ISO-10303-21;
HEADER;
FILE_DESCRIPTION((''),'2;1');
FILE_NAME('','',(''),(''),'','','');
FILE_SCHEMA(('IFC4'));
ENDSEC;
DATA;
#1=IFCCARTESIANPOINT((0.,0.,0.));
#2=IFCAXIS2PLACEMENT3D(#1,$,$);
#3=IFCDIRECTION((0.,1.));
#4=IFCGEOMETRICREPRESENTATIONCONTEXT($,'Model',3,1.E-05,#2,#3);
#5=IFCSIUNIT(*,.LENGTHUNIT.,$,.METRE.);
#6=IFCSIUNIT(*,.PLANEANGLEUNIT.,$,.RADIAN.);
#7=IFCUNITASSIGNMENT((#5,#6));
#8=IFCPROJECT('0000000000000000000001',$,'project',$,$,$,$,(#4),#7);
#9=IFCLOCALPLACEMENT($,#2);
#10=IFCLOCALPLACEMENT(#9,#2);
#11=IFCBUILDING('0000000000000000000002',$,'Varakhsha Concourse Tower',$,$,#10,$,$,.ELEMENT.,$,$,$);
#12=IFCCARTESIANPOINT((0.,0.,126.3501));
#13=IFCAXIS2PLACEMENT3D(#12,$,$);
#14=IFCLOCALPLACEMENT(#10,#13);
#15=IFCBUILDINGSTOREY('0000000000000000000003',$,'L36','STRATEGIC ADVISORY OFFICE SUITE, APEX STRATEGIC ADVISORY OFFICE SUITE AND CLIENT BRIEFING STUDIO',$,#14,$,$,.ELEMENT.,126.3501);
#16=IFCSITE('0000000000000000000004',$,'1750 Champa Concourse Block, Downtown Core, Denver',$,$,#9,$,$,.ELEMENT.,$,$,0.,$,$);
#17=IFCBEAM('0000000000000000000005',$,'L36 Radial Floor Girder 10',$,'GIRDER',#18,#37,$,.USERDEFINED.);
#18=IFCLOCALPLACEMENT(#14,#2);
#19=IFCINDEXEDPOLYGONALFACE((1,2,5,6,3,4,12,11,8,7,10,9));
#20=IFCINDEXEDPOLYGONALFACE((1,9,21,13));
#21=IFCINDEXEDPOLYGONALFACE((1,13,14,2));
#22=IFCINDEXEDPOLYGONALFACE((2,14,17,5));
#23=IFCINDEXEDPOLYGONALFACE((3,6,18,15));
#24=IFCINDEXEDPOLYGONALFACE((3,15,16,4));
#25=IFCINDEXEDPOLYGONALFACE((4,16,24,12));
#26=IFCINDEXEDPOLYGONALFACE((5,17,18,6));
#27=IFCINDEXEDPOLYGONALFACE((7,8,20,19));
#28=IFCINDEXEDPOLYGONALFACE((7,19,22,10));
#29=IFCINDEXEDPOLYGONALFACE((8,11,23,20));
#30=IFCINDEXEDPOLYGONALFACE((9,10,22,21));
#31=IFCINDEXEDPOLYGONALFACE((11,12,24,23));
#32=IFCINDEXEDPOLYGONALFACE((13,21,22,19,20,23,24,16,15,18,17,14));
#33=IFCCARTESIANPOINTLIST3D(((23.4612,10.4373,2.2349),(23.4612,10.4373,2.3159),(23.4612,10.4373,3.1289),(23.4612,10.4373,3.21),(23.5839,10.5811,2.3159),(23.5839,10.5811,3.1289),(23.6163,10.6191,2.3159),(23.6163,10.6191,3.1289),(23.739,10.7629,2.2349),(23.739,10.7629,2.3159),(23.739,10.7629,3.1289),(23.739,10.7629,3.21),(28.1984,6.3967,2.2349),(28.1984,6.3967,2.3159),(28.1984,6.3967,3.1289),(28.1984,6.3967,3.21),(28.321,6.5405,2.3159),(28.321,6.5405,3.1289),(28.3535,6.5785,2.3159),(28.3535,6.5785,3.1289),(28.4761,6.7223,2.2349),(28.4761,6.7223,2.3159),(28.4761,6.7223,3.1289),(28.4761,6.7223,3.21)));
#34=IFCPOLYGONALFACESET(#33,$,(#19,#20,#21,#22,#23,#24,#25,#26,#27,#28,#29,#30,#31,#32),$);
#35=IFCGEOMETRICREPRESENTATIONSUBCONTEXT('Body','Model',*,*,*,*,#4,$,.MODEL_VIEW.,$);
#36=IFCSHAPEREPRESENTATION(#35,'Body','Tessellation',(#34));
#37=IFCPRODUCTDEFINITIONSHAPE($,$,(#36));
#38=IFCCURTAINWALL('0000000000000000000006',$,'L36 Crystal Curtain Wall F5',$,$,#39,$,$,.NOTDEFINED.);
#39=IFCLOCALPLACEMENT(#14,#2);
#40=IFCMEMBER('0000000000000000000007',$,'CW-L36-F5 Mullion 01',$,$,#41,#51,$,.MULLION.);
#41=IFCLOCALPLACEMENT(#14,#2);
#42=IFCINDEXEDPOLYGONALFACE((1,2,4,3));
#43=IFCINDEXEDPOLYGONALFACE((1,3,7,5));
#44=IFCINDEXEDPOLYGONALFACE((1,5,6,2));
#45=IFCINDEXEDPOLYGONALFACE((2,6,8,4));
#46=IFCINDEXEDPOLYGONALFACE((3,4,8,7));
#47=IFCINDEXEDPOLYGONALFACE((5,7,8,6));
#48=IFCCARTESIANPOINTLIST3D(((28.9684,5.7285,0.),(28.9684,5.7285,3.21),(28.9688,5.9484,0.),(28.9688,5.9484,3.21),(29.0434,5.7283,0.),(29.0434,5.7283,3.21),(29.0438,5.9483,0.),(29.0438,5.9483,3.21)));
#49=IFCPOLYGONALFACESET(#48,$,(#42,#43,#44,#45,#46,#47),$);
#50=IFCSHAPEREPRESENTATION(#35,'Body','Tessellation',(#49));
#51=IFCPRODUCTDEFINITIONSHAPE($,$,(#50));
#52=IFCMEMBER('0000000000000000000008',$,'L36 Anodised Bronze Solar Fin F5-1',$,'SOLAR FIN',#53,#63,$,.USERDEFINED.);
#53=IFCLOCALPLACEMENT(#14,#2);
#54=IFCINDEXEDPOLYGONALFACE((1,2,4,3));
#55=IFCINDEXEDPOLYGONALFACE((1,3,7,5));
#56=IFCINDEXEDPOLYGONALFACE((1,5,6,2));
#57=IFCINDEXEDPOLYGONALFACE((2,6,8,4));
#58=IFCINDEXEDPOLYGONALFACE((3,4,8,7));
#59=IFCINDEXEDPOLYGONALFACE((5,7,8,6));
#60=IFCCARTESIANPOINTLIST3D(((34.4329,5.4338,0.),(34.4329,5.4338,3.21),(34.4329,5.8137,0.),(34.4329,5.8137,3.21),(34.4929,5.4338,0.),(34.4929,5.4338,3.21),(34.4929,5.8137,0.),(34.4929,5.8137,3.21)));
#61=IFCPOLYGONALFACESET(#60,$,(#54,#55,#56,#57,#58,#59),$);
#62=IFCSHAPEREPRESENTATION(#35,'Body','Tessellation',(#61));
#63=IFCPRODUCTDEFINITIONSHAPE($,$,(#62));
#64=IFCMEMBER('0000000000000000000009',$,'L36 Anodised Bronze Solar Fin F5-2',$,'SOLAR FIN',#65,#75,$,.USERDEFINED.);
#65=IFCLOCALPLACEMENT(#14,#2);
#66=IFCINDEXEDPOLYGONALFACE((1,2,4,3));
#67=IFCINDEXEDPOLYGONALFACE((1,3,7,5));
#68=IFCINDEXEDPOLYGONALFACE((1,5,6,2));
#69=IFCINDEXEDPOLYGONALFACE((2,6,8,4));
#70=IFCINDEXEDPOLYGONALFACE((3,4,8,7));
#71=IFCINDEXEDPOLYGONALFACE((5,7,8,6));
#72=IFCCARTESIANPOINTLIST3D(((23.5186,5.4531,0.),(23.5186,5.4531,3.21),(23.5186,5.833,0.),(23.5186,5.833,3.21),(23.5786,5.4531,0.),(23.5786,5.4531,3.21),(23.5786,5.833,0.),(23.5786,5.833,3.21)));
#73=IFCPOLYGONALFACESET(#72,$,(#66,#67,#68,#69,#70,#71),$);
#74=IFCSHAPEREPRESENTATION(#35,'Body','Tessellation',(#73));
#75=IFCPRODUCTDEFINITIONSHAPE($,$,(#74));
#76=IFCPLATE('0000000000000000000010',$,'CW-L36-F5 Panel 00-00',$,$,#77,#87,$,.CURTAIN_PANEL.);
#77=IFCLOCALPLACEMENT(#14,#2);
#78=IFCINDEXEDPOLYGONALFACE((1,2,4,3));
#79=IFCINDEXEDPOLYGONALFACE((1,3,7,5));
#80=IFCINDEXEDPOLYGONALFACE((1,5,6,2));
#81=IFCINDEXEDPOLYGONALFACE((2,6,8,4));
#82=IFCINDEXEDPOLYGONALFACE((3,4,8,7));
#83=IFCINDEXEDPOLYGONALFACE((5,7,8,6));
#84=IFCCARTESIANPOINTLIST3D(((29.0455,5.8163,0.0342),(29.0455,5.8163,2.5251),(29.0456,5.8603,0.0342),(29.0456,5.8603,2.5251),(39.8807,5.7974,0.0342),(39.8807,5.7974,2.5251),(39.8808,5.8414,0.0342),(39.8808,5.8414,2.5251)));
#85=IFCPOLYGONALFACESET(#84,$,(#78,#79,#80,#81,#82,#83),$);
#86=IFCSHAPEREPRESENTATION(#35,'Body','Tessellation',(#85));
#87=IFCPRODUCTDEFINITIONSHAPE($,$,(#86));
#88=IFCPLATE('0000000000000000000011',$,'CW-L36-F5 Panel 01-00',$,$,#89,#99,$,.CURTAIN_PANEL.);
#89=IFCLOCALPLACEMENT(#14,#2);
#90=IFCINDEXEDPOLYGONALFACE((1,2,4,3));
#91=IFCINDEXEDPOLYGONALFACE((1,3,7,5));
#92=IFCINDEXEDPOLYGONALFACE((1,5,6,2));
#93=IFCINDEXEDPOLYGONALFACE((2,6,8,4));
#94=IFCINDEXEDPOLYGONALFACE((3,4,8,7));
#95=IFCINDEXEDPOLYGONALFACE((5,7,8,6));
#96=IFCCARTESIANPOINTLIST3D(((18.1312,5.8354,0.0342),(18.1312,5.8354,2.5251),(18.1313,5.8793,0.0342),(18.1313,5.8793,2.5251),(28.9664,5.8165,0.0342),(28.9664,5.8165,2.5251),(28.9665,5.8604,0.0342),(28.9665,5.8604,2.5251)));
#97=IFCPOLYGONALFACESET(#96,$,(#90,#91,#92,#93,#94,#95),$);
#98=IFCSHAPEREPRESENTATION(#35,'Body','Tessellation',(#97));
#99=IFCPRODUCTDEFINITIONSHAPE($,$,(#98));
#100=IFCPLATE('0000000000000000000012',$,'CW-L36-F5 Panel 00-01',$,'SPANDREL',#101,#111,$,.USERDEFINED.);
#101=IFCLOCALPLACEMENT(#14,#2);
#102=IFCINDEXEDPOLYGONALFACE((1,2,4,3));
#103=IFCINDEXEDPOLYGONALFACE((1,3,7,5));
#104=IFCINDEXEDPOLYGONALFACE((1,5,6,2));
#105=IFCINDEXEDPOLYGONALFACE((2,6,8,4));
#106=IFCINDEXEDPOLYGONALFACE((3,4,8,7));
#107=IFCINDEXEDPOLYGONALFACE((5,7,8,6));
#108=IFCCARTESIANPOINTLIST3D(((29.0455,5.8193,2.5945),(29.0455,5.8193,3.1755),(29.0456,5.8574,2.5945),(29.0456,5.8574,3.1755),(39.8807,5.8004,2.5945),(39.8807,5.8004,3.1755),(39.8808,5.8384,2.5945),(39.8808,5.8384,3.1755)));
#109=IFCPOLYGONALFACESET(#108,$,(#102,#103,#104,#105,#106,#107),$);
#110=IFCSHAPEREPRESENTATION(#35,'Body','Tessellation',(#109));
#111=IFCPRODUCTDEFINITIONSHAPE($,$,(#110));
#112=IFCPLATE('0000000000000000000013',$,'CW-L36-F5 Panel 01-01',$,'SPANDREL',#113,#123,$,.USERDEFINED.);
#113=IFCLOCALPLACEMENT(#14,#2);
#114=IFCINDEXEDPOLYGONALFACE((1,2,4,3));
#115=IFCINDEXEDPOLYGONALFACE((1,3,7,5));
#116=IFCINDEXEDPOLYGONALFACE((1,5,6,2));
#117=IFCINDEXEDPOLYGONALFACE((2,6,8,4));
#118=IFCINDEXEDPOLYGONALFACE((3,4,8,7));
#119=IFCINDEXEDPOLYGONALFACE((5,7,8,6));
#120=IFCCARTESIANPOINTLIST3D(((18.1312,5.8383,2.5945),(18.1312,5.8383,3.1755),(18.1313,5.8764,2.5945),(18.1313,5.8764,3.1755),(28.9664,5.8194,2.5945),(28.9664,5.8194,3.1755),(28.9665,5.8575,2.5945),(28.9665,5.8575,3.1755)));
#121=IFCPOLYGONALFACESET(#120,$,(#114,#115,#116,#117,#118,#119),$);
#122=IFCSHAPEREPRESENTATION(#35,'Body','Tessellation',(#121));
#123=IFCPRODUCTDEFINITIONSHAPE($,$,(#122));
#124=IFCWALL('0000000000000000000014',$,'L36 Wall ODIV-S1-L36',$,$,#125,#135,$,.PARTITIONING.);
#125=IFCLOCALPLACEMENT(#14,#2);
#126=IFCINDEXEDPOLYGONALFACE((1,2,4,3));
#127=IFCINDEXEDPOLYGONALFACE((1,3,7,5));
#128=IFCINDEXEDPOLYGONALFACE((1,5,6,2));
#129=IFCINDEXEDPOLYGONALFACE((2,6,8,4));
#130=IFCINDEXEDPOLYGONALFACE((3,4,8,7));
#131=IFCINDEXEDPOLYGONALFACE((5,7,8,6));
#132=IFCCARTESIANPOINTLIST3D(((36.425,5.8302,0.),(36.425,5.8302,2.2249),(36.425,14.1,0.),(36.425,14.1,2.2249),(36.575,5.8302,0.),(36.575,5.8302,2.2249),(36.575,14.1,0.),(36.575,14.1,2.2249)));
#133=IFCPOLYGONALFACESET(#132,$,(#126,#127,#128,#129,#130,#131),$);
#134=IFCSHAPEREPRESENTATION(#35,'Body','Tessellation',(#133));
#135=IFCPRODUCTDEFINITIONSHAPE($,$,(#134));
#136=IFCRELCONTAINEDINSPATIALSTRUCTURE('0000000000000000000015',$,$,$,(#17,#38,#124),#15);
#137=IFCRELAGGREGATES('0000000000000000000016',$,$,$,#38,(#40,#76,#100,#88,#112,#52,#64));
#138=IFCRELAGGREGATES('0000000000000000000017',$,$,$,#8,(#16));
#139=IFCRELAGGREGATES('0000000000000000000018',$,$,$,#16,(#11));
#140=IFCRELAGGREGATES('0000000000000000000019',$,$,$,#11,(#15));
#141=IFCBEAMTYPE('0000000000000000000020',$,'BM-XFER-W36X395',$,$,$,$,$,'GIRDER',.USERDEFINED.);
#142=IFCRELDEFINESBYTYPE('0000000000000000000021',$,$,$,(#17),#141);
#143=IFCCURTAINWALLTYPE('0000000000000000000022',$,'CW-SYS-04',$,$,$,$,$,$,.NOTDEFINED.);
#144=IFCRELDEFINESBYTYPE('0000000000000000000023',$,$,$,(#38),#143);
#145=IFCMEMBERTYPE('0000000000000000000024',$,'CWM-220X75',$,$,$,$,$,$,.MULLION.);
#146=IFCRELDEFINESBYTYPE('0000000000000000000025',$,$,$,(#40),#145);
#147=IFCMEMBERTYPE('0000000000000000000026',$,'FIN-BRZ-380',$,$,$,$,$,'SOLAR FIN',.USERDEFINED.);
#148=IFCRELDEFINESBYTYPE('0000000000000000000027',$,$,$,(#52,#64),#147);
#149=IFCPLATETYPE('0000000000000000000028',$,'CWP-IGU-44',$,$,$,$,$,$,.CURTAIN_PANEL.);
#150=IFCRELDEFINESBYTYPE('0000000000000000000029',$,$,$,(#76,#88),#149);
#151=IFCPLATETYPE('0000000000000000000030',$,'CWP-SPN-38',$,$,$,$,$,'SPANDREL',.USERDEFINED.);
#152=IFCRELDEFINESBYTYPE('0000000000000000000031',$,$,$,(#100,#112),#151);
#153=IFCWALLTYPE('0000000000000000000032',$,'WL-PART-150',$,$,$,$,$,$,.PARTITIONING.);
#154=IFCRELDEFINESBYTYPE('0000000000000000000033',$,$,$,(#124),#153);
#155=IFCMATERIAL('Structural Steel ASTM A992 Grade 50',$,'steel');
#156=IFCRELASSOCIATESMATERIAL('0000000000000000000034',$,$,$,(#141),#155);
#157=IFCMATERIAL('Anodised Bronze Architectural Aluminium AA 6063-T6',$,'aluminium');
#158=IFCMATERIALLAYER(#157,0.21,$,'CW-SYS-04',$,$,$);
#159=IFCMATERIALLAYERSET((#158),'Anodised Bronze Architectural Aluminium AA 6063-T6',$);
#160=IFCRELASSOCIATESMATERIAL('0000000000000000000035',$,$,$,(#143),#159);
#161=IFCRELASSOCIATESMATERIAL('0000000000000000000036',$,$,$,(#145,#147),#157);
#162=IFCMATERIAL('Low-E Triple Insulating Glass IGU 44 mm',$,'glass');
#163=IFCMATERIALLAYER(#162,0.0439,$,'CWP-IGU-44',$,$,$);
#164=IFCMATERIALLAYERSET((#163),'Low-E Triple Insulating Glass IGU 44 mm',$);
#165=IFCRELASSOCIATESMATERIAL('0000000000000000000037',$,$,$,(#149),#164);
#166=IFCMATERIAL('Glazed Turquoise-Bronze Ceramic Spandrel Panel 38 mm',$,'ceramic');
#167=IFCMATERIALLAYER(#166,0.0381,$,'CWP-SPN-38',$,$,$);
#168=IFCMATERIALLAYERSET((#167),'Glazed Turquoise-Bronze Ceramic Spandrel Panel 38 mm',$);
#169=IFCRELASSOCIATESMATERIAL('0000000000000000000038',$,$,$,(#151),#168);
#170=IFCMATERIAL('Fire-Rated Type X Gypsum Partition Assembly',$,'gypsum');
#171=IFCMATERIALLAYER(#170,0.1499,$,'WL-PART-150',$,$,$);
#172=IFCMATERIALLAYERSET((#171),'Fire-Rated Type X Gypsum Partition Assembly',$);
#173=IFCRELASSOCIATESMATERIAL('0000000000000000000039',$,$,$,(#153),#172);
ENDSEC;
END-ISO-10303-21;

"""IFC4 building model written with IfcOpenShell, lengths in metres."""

from ifc_helpers import new_model, si_unit, direction, frame, frame_2d, origin, origin_2d, place, context, subcontext, project, spatial, rectangle, i_section, extrude, source, transform, mapped, material, layer, layer_set, material_profile, profile_set, type_object, type_shapes, element, aggregate, save


model = new_model("IFC4")

# Units and contexts
model_context = context("Model", 3, precision=1e-05, world=origin(), true_north=direction((0.0, 1.0)))
body_context = subcontext(model_context, "Body", "Model", "MODEL_VIEW")
ifc_project = project(units=[si_unit("LENGTHUNIT", "METRE"), si_unit("PLANEANGLEUNIT", "RADIAN")], contexts=[model_context])

# Site, building, storey
site_placement = place(None, origin())
site = spatial("IfcSite", under=ifc_project, at=site_placement, Name="1750 Champa Concourse Block, Downtown Core, Denver", CompositionType="ELEMENT", RefElevation=0.0)
building_placement = place(site_placement, origin())
building = spatial("IfcBuilding", under=site, at=building_placement, Name="Varakhsha Concourse Tower", CompositionType="ELEMENT")
storey_placement = place(building_placement, frame((0.0, 0.0, 126.3501)))
storey = spatial("IfcBuildingStorey", under=building, at=storey_placement, Name="L36", Description="STRATEGIC ADVISORY OFFICE SUITE, APEX STRATEGIC ADVISORY OFFICE SUITE AND CLIENT BRIEFING STUDIO", CompositionType="ELEMENT", Elevation=126.3501)

# Shared definitions
ifc_material_1 = material(Name="Structural Steel ASTM A992 Grade 50", Category="steel")

# Beam
ifc_material_profile_1 = material_profile(ifc_material_1, i_section(OverallWidth=0.428, OverallDepth=0.9751, WebThickness=0.05, FlangeThickness=0.0811, at=origin_2d()), Name="W36X395")
ifc_profile_set_1 = profile_set([ifc_material_profile_1], Name="Structural Steel ASTM A992 Grade 50")
beam_type_1 = type_object("IfcBeamType", Name="BM-XFER-W36X395", ElementType="GIRDER", PredefinedType="USERDEFINED", material=ifc_profile_set_1)
beam_1_placement = place(storey_placement, frame((23.6001, 10.6001, 2.7224), z_axis=(0.760827, -0.648955, 0.0), x_axis=(0.648955, 0.760827, 0.0)))
element("IfcBeam", 1, at=beam_1_placement, inside=storey, type_object=beam_type_1, Name="L36 Radial Floor Girder 10", ObjectType="GIRDER", PredefinedType="USERDEFINED", context=body_context, shape_type="SweptSolid", body=[
    extrude(i_section(OverallWidth=0.428, OverallDepth=0.9751, WebThickness=0.05, FlangeThickness=0.0811, at=origin_2d()), origin(), (0.0, 0.0, 1.0), 6.2263),
])

# Curtain wall, members, plates
ifc_material_2 = material(Name="Anodised Bronze Architectural Aluminium AA 6063-T6", Category="aluminium")
ifc_layer_1 = layer(ifc_material_2, 0.21, Name="CW-SYS-04")
ifc_layer_set_1 = layer_set([ifc_layer_1], Name="Anodised Bronze Architectural Aluminium AA 6063-T6")
curtain_wall_type = type_object("IfcCurtainWallType", Name="CW-SYS-04", PredefinedType="NOTDEFINED", material=ifc_layer_set_1)
curtain_wall_placement = place(storey_placement, origin())
curtain_wall = element("IfcCurtainWall", 2, at=curtain_wall_placement, inside=storey, type_object=curtain_wall_type, Name="L36 Crystal Curtain Wall F5", PredefinedType="NOTDEFINED")
ifc_material_profile_2 = material_profile(ifc_material_2, rectangle(XDim=0.075, YDim=0.22, at=origin_2d()), Name="CWM-220X75")
ifc_profile_set_2 = profile_set([ifc_material_profile_2], Name="Anodised Bronze Architectural Aluminium AA 6063-T6")
member_type_1 = type_object("IfcMemberType", Name="CWM-220X75", PredefinedType="MULLION", material=ifc_profile_set_2)
shared_shape_1 = source(origin(), body_context, "Body", "SweptSolid", [
    extrude(rectangle(XDim=0.075, YDim=0.22, at=origin_2d()), origin(), (0.0, 0.0, 1.0), 3.21),
])
type_shapes(member_type_1, [shared_shape_1])
member_1_placement = place(storey_placement, frame((29.0061, 5.8384, 0.0), z_axis=(0.0, 0.0, 1.0), x_axis=(-0.999998, 0.001745, 0.0)))
member_1 = element("IfcMember", 3, at=member_1_placement, type_object=member_type_1, Name="CW-L36-F5 Mullion 01", PredefinedType="MULLION", context=body_context, shape_type="MappedRepresentation", body=[
    mapped(shared_shape_1, transform((0.0, 0.0, 0.0), scale=1.0)),
])
ifc_material_profile_3 = material_profile(ifc_material_2, rectangle(XDim=0.0601, YDim=0.3799, at=origin_2d()), Name="FIN-BRZ-380")
ifc_profile_set_3 = profile_set([ifc_material_profile_3], Name="Anodised Bronze Architectural Aluminium AA 6063-T6")
member_type_2 = type_object("IfcMemberType", Name="FIN-BRZ-380", ElementType="SOLAR FIN", PredefinedType="USERDEFINED", material=ifc_profile_set_3)
shared_shape_2 = source(origin(), body_context, "Body", "SweptSolid", [
    extrude(rectangle(XDim=0.0601, YDim=0.3799, at=origin_2d()), origin(), (0.0, 0.0, 1.0), 3.21),
])
type_shapes(member_type_2, [shared_shape_2])
member_2_placement = place(storey_placement, frame((34.4629, 5.6238, 0.0), z_axis=(0.0, 0.0, 1.0), x_axis=(1.0, 0.0, 0.0)))
member_2 = element("IfcMember", 4, at=member_2_placement, type_object=member_type_2, Name="L36 Anodised Bronze Solar Fin F5-1", ObjectType="SOLAR FIN", PredefinedType="USERDEFINED", context=body_context, shape_type="MappedRepresentation", body=[
    mapped(shared_shape_2, transform((0.0, 0.0, 0.0), scale=1.0)),
])
member_3_placement = place(storey_placement, frame((23.5486, 5.6431, 0.0), z_axis=(0.0, 0.0, 1.0), x_axis=(1.0, 0.0, 0.0)))
member_3 = element("IfcMember", 5, at=member_3_placement, type_object=member_type_2, Name="L36 Anodised Bronze Solar Fin F5-2", ObjectType="SOLAR FIN", PredefinedType="USERDEFINED", context=body_context, shape_type="MappedRepresentation", body=[
    mapped(shared_shape_2, transform((0.0, 0.0, 0.0), scale=1.0)),
])
ifc_material_3 = material(Name="Low-E Triple Insulating Glass IGU 44 mm", Category="glass")
ifc_layer_2 = layer(ifc_material_3, 0.0439, Name="CWP-IGU-44")
ifc_layer_set_2 = layer_set([ifc_layer_2], Name="Low-E Triple Insulating Glass IGU 44 mm")
plate_type_1 = type_object("IfcPlateType", Name="CWP-IGU-44", PredefinedType="CURTAIN_PANEL", material=ifc_layer_set_2)
shared_shape_3 = source(origin(), body_context, "Body", "SweptSolid", [
    extrude(rectangle(XDim=10.8352, YDim=0.0439, at=origin_2d()), origin(), (0.0, 0.0, 1.0), 2.491),
])
type_shapes(plate_type_1, [shared_shape_3])
plate_1_placement = place(storey_placement, frame((34.4631, 5.8289, 0.0342), z_axis=(0.0, 0.0, 1.0), x_axis=(-0.999998, 0.001745, 0.0)))
plate_1 = element("IfcPlate", 6, at=plate_1_placement, type_object=plate_type_1, Name="CW-L36-F5 Panel 00-00", PredefinedType="CURTAIN_PANEL", context=body_context, shape_type="MappedRepresentation", body=[
    mapped(shared_shape_3, transform((0.0, 0.0, 0.0), scale=1.0)),
])
plate_2_placement = place(storey_placement, frame((23.5488, 5.8479, 0.0342), z_axis=(0.0, 0.0, 1.0), x_axis=(-0.999998, 0.001745, 0.0)))
plate_2 = element("IfcPlate", 7, at=plate_2_placement, type_object=plate_type_1, Name="CW-L36-F5 Panel 01-00", PredefinedType="CURTAIN_PANEL", context=body_context, shape_type="MappedRepresentation", body=[
    mapped(shared_shape_3, transform((0.0, 0.0, 0.0), scale=1.0)),
])
ifc_material_4 = material(Name="Glazed Turquoise-Bronze Ceramic Spandrel Panel 38 mm", Category="ceramic")
ifc_layer_3 = layer(ifc_material_4, 0.0381, Name="CWP-SPN-38")
ifc_layer_set_3 = layer_set([ifc_layer_3], Name="Glazed Turquoise-Bronze Ceramic Spandrel Panel 38 mm")
plate_type_2 = type_object("IfcPlateType", Name="CWP-SPN-38", ElementType="SPANDREL", PredefinedType="USERDEFINED", material=ifc_layer_set_3)
shared_shape_4 = source(origin(), body_context, "Body", "SweptSolid", [
    extrude(rectangle(XDim=10.8352, YDim=0.0381, at=origin_2d()), origin(), (0.0, 0.0, 1.0), 0.5811),
])
type_shapes(plate_type_2, [shared_shape_4])
plate_3_placement = place(storey_placement, frame((34.4631, 5.8289, 2.5945), z_axis=(0.0, 0.0, 1.0), x_axis=(-0.999998, 0.001745, 0.0)))
plate_3 = element("IfcPlate", 8, at=plate_3_placement, type_object=plate_type_2, Name="CW-L36-F5 Panel 00-01", ObjectType="SPANDREL", PredefinedType="USERDEFINED", context=body_context, shape_type="MappedRepresentation", body=[
    mapped(shared_shape_4, transform((0.0, 0.0, 0.0), scale=1.0)),
])
plate_4_placement = place(storey_placement, frame((23.5488, 5.8479, 2.5945), z_axis=(0.0, 0.0, 1.0), x_axis=(-0.999998, 0.001745, 0.0)))
plate_4 = element("IfcPlate", 9, at=plate_4_placement, type_object=plate_type_2, Name="CW-L36-F5 Panel 01-01", ObjectType="SPANDREL", PredefinedType="USERDEFINED", context=body_context, shape_type="MappedRepresentation", body=[
    mapped(shared_shape_4, transform((0.0, 0.0, 0.0), scale=1.0)),
])
aggregate(curtain_wall, [member_1, plate_1, plate_3, plate_2, plate_4, member_2, member_3])

# Wall
ifc_material_5 = material(Name="Fire-Rated Type X Gypsum Partition Assembly", Category="gypsum")
ifc_layer_4 = layer(ifc_material_5, 0.1499, Name="WL-PART-150")
ifc_layer_set_4 = layer_set([ifc_layer_4], Name="Fire-Rated Type X Gypsum Partition Assembly")
wall_type = type_object("IfcWallType", Name="WL-PART-150", PredefinedType="PARTITIONING", material=ifc_layer_set_4)
wall_placement = place(storey_placement, frame((36.5, 5.8303, 0.0), z_axis=(0.0, 0.0, 1.0), x_axis=(0.0, 1.0, 0.0)))
element("IfcWall", 10, at=wall_placement, inside=storey, type_object=wall_type, Name="L36 Wall ODIV-S1-L36", PredefinedType="PARTITIONING", context=body_context, shape_type="SweptSolid", body=[
    extrude(rectangle(XDim=8.2698, YDim=0.1499, at=frame_2d((4.1348, 0.0))), origin(), (0.0, 0.0, 1.0), 2.2249),
])

save(model, "model.ifc")
